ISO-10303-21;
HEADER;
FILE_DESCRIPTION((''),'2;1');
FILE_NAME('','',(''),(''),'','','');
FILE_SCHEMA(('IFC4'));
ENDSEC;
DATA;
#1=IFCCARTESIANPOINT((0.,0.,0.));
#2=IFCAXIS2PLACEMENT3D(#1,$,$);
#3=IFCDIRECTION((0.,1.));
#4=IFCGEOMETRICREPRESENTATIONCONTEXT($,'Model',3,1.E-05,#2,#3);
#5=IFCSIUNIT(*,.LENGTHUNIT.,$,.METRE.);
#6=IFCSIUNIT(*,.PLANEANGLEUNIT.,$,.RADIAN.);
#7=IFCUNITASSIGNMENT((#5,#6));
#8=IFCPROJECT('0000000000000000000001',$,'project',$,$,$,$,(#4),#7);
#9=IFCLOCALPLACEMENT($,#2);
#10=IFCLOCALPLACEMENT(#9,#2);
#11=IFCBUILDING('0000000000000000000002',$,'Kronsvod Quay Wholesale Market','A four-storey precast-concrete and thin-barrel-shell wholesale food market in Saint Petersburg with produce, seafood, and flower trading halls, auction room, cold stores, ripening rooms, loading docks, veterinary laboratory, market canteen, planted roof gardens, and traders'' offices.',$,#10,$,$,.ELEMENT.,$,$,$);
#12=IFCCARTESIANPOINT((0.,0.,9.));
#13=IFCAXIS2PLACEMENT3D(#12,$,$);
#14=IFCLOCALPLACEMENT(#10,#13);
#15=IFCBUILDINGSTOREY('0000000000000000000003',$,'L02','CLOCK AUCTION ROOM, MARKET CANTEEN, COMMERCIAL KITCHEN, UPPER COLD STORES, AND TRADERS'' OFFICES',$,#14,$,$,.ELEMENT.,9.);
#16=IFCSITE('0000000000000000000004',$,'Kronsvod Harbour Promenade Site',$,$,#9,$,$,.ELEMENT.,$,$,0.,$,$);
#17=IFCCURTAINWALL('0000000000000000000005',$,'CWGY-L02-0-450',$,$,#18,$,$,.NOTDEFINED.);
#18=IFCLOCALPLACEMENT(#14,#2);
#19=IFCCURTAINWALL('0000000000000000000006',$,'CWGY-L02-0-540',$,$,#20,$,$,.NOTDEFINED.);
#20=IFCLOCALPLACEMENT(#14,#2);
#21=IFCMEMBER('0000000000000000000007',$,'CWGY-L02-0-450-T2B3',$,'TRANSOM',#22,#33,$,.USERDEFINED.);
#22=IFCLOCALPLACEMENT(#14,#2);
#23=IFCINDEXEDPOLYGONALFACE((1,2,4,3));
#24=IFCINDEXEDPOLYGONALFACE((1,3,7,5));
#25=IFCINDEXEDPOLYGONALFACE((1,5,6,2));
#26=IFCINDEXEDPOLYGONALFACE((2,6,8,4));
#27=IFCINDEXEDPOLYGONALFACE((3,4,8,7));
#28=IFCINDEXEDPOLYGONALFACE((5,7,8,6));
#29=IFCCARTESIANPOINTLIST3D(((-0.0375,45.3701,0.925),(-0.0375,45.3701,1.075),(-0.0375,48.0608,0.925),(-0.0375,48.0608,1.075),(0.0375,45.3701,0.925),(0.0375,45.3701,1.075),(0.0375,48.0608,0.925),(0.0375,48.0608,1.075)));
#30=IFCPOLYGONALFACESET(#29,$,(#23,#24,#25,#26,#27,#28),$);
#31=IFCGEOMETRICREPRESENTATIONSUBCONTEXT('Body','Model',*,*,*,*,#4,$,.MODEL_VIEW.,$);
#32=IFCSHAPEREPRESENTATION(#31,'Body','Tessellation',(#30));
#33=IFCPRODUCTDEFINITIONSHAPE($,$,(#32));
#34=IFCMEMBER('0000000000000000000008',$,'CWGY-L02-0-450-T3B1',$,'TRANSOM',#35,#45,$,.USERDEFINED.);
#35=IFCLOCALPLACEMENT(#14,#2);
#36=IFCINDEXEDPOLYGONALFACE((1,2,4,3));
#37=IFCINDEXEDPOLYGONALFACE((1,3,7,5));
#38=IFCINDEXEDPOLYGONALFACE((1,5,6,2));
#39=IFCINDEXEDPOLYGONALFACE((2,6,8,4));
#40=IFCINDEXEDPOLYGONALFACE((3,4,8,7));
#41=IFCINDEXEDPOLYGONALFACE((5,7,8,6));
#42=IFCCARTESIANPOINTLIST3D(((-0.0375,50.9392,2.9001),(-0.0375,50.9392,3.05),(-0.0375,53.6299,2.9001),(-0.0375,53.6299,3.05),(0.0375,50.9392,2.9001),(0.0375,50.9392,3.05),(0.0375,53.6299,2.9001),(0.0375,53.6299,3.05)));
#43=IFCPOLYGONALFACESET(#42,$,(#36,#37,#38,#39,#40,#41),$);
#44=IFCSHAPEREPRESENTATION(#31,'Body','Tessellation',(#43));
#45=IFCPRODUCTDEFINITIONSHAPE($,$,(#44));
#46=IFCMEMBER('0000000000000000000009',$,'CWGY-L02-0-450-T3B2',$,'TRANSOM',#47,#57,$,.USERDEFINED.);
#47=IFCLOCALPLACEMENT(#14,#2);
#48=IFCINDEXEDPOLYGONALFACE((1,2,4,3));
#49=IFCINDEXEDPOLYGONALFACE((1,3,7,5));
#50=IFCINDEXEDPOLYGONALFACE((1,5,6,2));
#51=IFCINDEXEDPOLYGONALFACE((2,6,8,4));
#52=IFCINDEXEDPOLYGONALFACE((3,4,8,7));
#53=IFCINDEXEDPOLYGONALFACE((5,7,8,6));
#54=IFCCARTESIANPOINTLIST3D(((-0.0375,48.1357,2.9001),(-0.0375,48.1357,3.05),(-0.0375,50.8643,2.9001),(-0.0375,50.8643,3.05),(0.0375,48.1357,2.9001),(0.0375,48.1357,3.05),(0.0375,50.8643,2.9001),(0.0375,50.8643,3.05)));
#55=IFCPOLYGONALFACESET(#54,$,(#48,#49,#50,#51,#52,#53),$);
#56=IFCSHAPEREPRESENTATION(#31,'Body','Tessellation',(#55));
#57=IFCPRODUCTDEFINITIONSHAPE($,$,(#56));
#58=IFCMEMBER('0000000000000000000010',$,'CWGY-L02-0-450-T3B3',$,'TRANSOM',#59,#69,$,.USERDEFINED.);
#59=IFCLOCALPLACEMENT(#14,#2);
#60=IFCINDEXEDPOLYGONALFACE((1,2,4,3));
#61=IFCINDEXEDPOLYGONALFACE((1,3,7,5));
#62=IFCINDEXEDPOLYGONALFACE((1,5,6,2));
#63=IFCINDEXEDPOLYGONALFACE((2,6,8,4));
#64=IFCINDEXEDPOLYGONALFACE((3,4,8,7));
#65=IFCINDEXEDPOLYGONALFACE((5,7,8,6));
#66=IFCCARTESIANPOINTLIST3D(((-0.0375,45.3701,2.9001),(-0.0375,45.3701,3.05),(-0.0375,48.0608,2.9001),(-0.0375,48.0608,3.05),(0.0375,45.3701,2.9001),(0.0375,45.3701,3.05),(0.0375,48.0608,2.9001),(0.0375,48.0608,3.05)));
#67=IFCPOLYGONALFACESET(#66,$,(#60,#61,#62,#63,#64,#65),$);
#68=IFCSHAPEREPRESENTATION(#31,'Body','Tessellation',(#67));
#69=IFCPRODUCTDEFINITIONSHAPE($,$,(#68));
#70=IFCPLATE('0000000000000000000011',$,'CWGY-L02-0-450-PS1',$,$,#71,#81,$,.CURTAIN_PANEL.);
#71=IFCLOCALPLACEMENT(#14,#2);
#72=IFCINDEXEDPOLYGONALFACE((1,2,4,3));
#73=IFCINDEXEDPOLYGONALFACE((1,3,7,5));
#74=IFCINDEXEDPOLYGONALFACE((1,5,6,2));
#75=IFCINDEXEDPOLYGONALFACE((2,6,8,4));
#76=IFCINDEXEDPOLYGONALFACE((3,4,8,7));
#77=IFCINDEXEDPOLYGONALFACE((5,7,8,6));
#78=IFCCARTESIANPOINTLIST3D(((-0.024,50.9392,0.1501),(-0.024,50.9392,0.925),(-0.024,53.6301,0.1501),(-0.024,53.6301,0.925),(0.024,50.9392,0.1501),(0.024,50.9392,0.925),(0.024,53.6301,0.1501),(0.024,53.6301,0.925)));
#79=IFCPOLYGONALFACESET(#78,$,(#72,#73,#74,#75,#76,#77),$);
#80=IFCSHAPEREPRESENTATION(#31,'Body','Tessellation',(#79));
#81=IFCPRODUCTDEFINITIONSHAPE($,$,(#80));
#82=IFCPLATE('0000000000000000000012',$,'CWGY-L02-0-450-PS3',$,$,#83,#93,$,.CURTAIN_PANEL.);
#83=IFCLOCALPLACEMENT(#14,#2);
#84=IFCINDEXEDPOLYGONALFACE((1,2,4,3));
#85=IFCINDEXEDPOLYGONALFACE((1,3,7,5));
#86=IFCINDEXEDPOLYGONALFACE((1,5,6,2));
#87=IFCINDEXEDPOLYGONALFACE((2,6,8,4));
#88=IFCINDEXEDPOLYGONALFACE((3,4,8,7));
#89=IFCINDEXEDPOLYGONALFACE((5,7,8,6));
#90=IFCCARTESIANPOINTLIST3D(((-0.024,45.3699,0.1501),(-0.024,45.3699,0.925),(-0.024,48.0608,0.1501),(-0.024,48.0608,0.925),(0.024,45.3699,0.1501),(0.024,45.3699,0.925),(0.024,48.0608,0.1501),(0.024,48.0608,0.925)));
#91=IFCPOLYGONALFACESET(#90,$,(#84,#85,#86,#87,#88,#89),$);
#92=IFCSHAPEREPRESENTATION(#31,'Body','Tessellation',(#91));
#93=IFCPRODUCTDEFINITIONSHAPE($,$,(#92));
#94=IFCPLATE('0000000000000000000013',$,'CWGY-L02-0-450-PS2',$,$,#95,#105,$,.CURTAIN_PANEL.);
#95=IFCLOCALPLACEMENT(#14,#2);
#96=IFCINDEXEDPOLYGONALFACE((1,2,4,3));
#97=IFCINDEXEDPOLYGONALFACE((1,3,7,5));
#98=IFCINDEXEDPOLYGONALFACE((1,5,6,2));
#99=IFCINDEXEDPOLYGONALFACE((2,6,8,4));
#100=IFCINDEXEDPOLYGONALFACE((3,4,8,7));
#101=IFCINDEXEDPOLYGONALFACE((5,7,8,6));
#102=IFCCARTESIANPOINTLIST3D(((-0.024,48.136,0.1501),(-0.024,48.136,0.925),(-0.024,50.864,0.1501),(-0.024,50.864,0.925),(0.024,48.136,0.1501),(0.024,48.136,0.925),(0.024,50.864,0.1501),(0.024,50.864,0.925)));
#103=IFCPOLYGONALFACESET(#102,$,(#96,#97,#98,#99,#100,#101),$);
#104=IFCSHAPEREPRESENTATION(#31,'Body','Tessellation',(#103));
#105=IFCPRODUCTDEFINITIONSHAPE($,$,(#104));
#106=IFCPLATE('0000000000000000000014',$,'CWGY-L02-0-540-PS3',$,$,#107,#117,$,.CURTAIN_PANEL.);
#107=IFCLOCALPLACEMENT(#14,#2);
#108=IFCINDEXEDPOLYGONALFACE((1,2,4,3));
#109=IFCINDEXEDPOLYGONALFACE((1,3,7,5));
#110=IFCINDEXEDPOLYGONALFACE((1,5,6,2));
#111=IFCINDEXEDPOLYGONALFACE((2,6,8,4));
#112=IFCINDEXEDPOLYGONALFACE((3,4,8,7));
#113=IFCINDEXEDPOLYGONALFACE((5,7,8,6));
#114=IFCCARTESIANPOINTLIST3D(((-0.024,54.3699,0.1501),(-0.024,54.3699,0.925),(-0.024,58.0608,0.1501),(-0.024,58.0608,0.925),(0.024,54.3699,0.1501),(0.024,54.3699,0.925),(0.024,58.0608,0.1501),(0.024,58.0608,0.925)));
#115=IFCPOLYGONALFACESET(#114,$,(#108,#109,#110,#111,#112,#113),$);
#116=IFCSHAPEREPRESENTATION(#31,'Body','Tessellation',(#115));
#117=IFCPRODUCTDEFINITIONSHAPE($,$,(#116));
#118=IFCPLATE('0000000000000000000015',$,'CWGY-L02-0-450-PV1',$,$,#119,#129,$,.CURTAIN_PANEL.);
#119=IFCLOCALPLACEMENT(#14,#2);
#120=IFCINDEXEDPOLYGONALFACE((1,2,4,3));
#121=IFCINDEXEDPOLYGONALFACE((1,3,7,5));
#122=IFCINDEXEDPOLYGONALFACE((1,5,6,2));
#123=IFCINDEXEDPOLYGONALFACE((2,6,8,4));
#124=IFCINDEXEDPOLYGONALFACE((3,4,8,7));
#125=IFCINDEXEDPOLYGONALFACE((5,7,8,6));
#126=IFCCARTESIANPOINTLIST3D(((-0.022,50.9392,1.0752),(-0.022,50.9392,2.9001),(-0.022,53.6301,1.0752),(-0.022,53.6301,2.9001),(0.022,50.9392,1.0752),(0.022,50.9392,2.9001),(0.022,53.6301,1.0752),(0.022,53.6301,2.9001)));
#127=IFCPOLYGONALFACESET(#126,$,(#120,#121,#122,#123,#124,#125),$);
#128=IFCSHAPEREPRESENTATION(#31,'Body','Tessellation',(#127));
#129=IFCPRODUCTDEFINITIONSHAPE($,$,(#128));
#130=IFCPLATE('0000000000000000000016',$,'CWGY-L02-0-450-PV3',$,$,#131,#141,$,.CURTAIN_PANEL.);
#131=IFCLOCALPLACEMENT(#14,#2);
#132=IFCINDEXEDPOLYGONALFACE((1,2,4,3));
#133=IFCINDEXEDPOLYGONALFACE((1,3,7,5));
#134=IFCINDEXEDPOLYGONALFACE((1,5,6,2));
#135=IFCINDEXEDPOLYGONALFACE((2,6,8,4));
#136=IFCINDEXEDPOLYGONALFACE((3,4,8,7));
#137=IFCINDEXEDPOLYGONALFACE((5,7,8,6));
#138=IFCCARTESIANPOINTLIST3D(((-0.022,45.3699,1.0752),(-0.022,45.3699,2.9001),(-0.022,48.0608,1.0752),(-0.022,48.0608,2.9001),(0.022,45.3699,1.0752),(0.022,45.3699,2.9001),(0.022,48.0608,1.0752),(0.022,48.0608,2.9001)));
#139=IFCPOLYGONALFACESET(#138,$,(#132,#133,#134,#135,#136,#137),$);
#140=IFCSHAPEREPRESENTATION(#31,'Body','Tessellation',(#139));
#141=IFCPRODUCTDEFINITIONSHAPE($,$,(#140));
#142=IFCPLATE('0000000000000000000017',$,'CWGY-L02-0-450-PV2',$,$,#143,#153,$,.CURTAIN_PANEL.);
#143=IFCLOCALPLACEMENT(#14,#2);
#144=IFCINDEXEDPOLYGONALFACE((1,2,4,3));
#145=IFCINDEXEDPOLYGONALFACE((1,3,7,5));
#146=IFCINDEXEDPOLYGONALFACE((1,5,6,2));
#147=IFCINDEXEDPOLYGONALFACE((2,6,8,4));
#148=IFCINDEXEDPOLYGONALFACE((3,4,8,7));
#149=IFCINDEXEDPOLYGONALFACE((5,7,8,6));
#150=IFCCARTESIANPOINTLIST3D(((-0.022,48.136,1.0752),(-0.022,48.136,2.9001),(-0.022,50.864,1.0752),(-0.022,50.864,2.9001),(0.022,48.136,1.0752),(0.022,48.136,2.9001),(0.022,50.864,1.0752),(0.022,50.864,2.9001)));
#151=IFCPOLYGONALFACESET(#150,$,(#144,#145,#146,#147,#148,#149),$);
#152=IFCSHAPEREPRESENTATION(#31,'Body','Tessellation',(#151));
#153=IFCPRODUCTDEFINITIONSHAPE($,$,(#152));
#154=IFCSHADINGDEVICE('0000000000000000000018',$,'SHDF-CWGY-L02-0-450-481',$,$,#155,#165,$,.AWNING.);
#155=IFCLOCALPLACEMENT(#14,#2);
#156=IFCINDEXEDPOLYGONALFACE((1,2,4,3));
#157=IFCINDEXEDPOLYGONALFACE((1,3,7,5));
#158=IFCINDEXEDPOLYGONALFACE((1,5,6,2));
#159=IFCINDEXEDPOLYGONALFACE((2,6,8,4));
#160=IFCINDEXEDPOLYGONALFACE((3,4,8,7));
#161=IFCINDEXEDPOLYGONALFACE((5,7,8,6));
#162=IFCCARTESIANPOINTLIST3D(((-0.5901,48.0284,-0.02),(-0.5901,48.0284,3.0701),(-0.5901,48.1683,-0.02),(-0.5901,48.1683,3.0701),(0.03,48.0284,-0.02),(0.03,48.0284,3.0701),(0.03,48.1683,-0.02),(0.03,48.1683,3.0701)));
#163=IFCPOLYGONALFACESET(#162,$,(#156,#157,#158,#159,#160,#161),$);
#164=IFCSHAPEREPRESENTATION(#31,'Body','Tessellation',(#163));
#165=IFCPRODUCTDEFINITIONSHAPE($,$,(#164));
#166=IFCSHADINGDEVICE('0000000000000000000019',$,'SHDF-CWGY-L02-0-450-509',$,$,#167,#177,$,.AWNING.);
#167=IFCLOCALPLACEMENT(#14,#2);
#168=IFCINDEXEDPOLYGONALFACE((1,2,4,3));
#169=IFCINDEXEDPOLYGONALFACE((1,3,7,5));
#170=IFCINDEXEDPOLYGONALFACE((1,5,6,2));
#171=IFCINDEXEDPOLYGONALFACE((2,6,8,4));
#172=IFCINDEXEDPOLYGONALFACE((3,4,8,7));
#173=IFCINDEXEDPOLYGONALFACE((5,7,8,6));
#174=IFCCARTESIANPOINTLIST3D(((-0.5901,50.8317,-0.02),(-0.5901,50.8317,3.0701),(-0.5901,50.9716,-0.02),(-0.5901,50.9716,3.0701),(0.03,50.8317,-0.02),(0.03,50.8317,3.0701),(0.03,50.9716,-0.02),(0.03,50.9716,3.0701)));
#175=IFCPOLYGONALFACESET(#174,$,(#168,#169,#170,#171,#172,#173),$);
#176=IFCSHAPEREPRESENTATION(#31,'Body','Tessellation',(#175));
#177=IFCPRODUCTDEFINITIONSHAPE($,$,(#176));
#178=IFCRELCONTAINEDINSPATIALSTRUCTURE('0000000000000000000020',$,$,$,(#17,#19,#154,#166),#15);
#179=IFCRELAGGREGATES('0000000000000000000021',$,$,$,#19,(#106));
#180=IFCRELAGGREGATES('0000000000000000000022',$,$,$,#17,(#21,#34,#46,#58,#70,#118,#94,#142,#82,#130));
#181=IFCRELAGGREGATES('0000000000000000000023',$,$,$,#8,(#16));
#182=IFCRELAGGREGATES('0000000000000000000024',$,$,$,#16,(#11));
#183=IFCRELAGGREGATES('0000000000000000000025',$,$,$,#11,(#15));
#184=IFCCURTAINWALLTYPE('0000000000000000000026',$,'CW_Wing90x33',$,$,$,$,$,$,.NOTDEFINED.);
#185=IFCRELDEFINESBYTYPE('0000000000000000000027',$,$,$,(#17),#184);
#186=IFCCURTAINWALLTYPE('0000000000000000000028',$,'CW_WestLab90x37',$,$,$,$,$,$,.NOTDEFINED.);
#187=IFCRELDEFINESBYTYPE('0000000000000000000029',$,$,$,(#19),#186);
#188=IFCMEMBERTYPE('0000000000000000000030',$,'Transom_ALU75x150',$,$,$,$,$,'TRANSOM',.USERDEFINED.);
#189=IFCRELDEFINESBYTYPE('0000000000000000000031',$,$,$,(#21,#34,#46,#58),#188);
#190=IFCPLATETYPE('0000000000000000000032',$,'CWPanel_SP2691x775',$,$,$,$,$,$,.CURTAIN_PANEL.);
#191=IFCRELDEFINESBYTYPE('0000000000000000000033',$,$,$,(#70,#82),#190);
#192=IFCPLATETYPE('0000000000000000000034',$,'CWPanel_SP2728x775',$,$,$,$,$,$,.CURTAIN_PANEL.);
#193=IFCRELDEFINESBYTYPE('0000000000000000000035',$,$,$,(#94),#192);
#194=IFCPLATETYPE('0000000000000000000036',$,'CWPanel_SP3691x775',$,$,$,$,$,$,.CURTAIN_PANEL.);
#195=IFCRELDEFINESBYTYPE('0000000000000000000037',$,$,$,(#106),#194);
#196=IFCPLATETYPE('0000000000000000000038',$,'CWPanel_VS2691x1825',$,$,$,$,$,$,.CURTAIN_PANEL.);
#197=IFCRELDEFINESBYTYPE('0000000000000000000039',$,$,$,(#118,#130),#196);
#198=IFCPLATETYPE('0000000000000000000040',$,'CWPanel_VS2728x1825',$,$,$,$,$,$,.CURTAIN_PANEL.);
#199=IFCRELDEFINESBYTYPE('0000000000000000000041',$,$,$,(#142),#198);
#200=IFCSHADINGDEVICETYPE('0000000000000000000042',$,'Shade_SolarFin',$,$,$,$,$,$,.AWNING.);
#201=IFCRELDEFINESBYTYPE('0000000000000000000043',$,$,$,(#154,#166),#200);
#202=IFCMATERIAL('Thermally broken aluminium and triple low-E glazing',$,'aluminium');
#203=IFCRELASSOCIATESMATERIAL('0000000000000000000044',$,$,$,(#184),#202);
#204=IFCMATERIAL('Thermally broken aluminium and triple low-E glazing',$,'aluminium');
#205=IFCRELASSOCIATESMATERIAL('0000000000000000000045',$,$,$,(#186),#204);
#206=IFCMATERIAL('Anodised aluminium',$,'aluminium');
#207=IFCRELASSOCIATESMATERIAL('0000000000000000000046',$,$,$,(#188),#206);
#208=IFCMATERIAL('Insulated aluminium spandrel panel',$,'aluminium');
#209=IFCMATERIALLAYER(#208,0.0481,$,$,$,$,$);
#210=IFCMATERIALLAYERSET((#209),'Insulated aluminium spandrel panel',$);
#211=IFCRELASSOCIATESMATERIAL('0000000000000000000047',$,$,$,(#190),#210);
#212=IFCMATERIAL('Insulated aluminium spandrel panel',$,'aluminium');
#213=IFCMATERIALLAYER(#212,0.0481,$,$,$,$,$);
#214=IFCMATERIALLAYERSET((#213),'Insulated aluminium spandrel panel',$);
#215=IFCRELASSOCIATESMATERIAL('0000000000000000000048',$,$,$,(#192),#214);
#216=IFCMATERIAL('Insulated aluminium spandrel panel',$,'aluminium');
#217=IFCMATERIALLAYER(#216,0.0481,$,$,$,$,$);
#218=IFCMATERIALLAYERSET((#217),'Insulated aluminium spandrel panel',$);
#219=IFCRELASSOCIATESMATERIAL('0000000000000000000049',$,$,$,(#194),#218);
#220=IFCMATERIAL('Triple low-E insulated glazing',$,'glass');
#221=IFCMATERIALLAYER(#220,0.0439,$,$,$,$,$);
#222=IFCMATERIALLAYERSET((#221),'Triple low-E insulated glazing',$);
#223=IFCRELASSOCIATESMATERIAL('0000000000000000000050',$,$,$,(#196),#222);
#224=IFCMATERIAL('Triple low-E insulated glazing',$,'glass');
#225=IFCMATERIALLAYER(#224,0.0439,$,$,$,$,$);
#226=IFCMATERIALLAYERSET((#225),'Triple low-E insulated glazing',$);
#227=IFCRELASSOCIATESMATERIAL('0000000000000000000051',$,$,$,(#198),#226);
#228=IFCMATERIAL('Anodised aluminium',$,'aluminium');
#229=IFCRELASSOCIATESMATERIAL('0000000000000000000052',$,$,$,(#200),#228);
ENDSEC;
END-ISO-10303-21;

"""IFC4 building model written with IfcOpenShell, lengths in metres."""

from ifc_helpers import new_model, si_unit, direction, frame, origin, origin_2d, place, context, subcontext, project, spatial, rectangle, extrude, material, layer, layer_set, material_profile, profile_set, type_object, element, aggregate, save


model = new_model("IFC4")

# Units and contexts
model_context = context("Model", 3, precision=1e-05, world=origin(), true_north=direction((0.0, 1.0)))
body_context = subcontext(model_context, "Body", "Model", "MODEL_VIEW")
ifc_project = project(units=[si_unit("LENGTHUNIT", "METRE"), si_unit("PLANEANGLEUNIT", "RADIAN")], contexts=[model_context])

# Site, building, storey
site_placement = place(None, origin())
site = spatial("IfcSite", under=ifc_project, at=site_placement, Name="Kronsvod Harbour Promenade Site", CompositionType="ELEMENT", RefElevation=0.0)
building_placement = place(site_placement, origin())
building = spatial("IfcBuilding", under=site, at=building_placement, Name="Kronsvod Quay Wholesale Market", Description="A four-storey precast-concrete and thin-barrel-shell wholesale food market in Saint Petersburg with produce, seafood, and flower trading halls, auction room, cold stores, ripening rooms, loading docks, veterinary laboratory, market canteen, planted roof gardens, and traders' offices.", CompositionType="ELEMENT")
storey_placement = place(building_placement, frame((0.0, 0.0, 9.0)))
storey = spatial("IfcBuildingStorey", under=building, at=storey_placement, Name="L02", Description="CLOCK AUCTION ROOM, MARKET CANTEEN, COMMERCIAL KITCHEN, UPPER COLD STORES, AND TRADERS' OFFICES", CompositionType="ELEMENT", Elevation=9.0)

# Curtain wall
ifc_material_1 = material(Name="Thermally broken aluminium and triple low-E glazing", Category="aluminium")
curtain_wall_type_1 = type_object("IfcCurtainWallType", Name="CW_Wing90x33", PredefinedType="NOTDEFINED", material=ifc_material_1)
curtain_wall_1_placement = place(storey_placement, origin())
curtain_wall_1 = element("IfcCurtainWall", 1, at=curtain_wall_1_placement, inside=storey, type_object=curtain_wall_type_1, Name="CWGY-L02-0-450", PredefinedType="NOTDEFINED")

# Curtain wall
ifc_material_2 = material(Name="Thermally broken aluminium and triple low-E glazing", Category="aluminium")
curtain_wall_type_2 = type_object("IfcCurtainWallType", Name="CW_WestLab90x37", PredefinedType="NOTDEFINED", material=ifc_material_2)
curtain_wall_2_placement = place(storey_placement, origin())
curtain_wall_2 = element("IfcCurtainWall", 2, at=curtain_wall_2_placement, inside=storey, type_object=curtain_wall_type_2, Name="CWGY-L02-0-540", PredefinedType="NOTDEFINED")

# Members
ifc_material_3 = material(Name="Anodised aluminium", Category="aluminium")
ifc_material_profile_1 = material_profile(ifc_material_3, rectangle(XDim=0.075, YDim=0.1499, at=origin_2d()), Name="ALUT75x150")
ifc_profile_set_1 = profile_set([ifc_material_profile_1], Name="Anodised aluminium")
member_type_1 = type_object("IfcMemberType", Name="Transom_ALU75x150", ElementType="TRANSOM", PredefinedType="USERDEFINED", material=ifc_profile_set_1)
member_1_placement = place(storey_placement, frame((0.0, 48.0608, 1.0), z_axis=(0.0, -1.0, 0.0), x_axis=(1.0, 0.0, 0.0)))
member_1 = element("IfcMember", 3, at=member_1_placement, type_object=member_type_1, Name="CWGY-L02-0-450-T2B3", ObjectType="TRANSOM", PredefinedType="USERDEFINED", context=body_context, shape_type="SweptSolid", body=[
    extrude(rectangle(XDim=0.075, YDim=0.1499, at=origin_2d()), origin(), (0.0, 0.0, 1.0), 2.6907),
])
member_2_placement = place(storey_placement, frame((0.0, 53.6299, 2.9751), z_axis=(0.0, -1.0, 0.0), x_axis=(1.0, 0.0, 0.0)))
member_2 = element("IfcMember", 4, at=member_2_placement, type_object=member_type_1, Name="CWGY-L02-0-450-T3B1", ObjectType="TRANSOM", PredefinedType="USERDEFINED", context=body_context, shape_type="SweptSolid", body=[
    extrude(rectangle(XDim=0.075, YDim=0.1499, at=origin_2d()), origin(), (0.0, 0.0, 1.0), 2.6907),
])
member_3_placement = place(storey_placement, frame((0.0, 50.8643, 2.9751), z_axis=(0.0, -1.0, 0.0), x_axis=(1.0, 0.0, 0.0)))
member_3 = element("IfcMember", 5, at=member_3_placement, type_object=member_type_1, Name="CWGY-L02-0-450-T3B2", ObjectType="TRANSOM", PredefinedType="USERDEFINED", context=body_context, shape_type="SweptSolid", body=[
    extrude(rectangle(XDim=0.075, YDim=0.1499, at=origin_2d()), origin(), (0.0, 0.0, 1.0), 2.7285),
])
member_4_placement = place(storey_placement, frame((0.0, 48.0608, 2.9751), z_axis=(0.0, -1.0, 0.0), x_axis=(1.0, 0.0, 0.0)))
member_4 = element("IfcMember", 6, at=member_4_placement, type_object=member_type_1, Name="CWGY-L02-0-450-T3B3", ObjectType="TRANSOM", PredefinedType="USERDEFINED", context=body_context, shape_type="SweptSolid", body=[
    extrude(rectangle(XDim=0.075, YDim=0.1499, at=origin_2d()), origin(), (0.0, 0.0, 1.0), 2.6907),
])

# Plates
ifc_material_4 = material(Name="Insulated aluminium spandrel panel", Category="aluminium")
ifc_layer_1 = layer(ifc_material_4, 0.0481)
ifc_layer_set_1 = layer_set([ifc_layer_1], Name="Insulated aluminium spandrel panel")
plate_type_1 = type_object("IfcPlateType", Name="CWPanel_SP2691x775", PredefinedType="CURTAIN_PANEL", material=ifc_layer_set_1)
plate_1_placement = place(storey_placement, frame((0.0, 52.2847, 0.1501), z_axis=(0.0, 0.0, 1.0), x_axis=(0.0, -1.0, 0.0)))
plate_1 = element("IfcPlate", 7, at=plate_1_placement, type_object=plate_type_1, Name="CWGY-L02-0-450-PS1", PredefinedType="CURTAIN_PANEL", context=body_context, shape_type="SweptSolid", body=[
    extrude(rectangle(XDim=2.6909, YDim=0.0481, at=origin_2d()), origin(), (0.0, 0.0, 1.0), 0.7749),
])
plate_2_placement = place(storey_placement, frame((0.0, 46.7153, 0.1501), z_axis=(0.0, 0.0, 1.0), x_axis=(0.0, -1.0, 0.0)))
plate_2 = element("IfcPlate", 8, at=plate_2_placement, type_object=plate_type_1, Name="CWGY-L02-0-450-PS3", PredefinedType="CURTAIN_PANEL", context=body_context, shape_type="SweptSolid", body=[
    extrude(rectangle(XDim=2.6909, YDim=0.0481, at=origin_2d()), origin(), (0.0, 0.0, 1.0), 0.7749),
])
ifc_material_5 = material(Name="Insulated aluminium spandrel panel", Category="aluminium")
ifc_layer_2 = layer(ifc_material_5, 0.0481)
ifc_layer_set_2 = layer_set([ifc_layer_2], Name="Insulated aluminium spandrel panel")
plate_type_2 = type_object("IfcPlateType", Name="CWPanel_SP2728x775", PredefinedType="CURTAIN_PANEL", material=ifc_layer_set_2)
plate_3_placement = place(storey_placement, frame((0.0, 49.5, 0.1501), z_axis=(0.0, 0.0, 1.0), x_axis=(0.0, -1.0, 0.0)))
plate_3 = element("IfcPlate", 9, at=plate_3_placement, type_object=plate_type_2, Name="CWGY-L02-0-450-PS2", PredefinedType="CURTAIN_PANEL", context=body_context, shape_type="SweptSolid", body=[
    extrude(rectangle(XDim=2.728, YDim=0.0481, at=origin_2d()), origin(), (0.0, 0.0, 1.0), 0.7749),
])
ifc_material_6 = material(Name="Insulated aluminium spandrel panel", Category="aluminium")
ifc_layer_3 = layer(ifc_material_6, 0.0481)
ifc_layer_set_3 = layer_set([ifc_layer_3], Name="Insulated aluminium spandrel panel")
plate_type_3 = type_object("IfcPlateType", Name="CWPanel_SP3691x775", PredefinedType="CURTAIN_PANEL", material=ifc_layer_set_3)
plate_4_placement = place(storey_placement, frame((0.0, 56.2153, 0.1501), z_axis=(0.0, 0.0, 1.0), x_axis=(0.0, -1.0, 0.0)))
plate_4 = element("IfcPlate", 10, at=plate_4_placement, type_object=plate_type_3, Name="CWGY-L02-0-540-PS3", PredefinedType="CURTAIN_PANEL", context=body_context, shape_type="SweptSolid", body=[
    extrude(rectangle(XDim=3.6909, YDim=0.0481, at=origin_2d()), origin(), (0.0, 0.0, 1.0), 0.7749),
])
aggregate(curtain_wall_2, [plate_4])
ifc_material_7 = material(Name="Triple low-E insulated glazing", Category="glass")
ifc_layer_4 = layer(ifc_material_7, 0.0439)
ifc_layer_set_4 = layer_set([ifc_layer_4], Name="Triple low-E insulated glazing")
plate_type_4 = type_object("IfcPlateType", Name="CWPanel_VS2691x1825", PredefinedType="CURTAIN_PANEL", material=ifc_layer_set_4)
plate_5_placement = place(storey_placement, frame((0.0, 52.2847, 1.0752), z_axis=(0.0, 0.0, 1.0), x_axis=(0.0, -1.0, 0.0)))
plate_5 = element("IfcPlate", 11, at=plate_5_placement, type_object=plate_type_4, Name="CWGY-L02-0-450-PV1", PredefinedType="CURTAIN_PANEL", context=body_context, shape_type="SweptSolid", body=[
    extrude(rectangle(XDim=2.6909, YDim=0.0439, at=origin_2d()), origin(), (0.0, 0.0, 1.0), 1.825),
])
plate_6_placement = place(storey_placement, frame((0.0, 46.7153, 1.0752), z_axis=(0.0, 0.0, 1.0), x_axis=(0.0, -1.0, 0.0)))
plate_6 = element("IfcPlate", 12, at=plate_6_placement, type_object=plate_type_4, Name="CWGY-L02-0-450-PV3", PredefinedType="CURTAIN_PANEL", context=body_context, shape_type="SweptSolid", body=[
    extrude(rectangle(XDim=2.6909, YDim=0.0439, at=origin_2d()), origin(), (0.0, 0.0, 1.0), 1.825),
])
ifc_material_8 = material(Name="Triple low-E insulated glazing", Category="glass")
ifc_layer_5 = layer(ifc_material_8, 0.0439)
ifc_layer_set_5 = layer_set([ifc_layer_5], Name="Triple low-E insulated glazing")
plate_type_5 = type_object("IfcPlateType", Name="CWPanel_VS2728x1825", PredefinedType="CURTAIN_PANEL", material=ifc_layer_set_5)
plate_7_placement = place(storey_placement, frame((0.0, 49.5, 1.0752), z_axis=(0.0, 0.0, 1.0), x_axis=(0.0, -1.0, 0.0)))
plate_7 = element("IfcPlate", 13, at=plate_7_placement, type_object=plate_type_5, Name="CWGY-L02-0-450-PV2", PredefinedType="CURTAIN_PANEL", context=body_context, shape_type="SweptSolid", body=[
    extrude(rectangle(XDim=2.728, YDim=0.0439, at=origin_2d()), origin(), (0.0, 0.0, 1.0), 1.825),
])
aggregate(curtain_wall_1, [member_1, member_2, member_3, member_4, plate_1, plate_5, plate_3, plate_7, plate_2, plate_6])

# Shading devices
ifc_material_9 = material(Name="Anodised aluminium", Category="aluminium")
shading_device_type = type_object("IfcShadingDeviceType", Name="Shade_SolarFin", PredefinedType="AWNING", material=ifc_material_9)
for number, where, z_axis, x_axis, name in (
    (14, (-0.28, 48.0984, -0.02), (0.0, 0.0, 1.0), (1.0, 0.0, 0.0), "SHDF-CWGY-L02-0-450-481"),
    (15, (-0.28, 50.9016, -0.02), (0.0, 0.0, 1.0), (1.0, 0.0, 0.0), "SHDF-CWGY-L02-0-450-509"),
):
    element("IfcShadingDevice", number, at=place(storey_placement, frame(where, z_axis=z_axis, x_axis=x_axis)), inside=storey, type_object=shading_device_type, Name=name, PredefinedType="AWNING", context=body_context, shape_type="SweptSolid", body=[
        extrude(rectangle(XDim=0.6201, YDim=0.1399, at=origin_2d()), origin(), (0.0, 0.0, 1.0), 3.0901),
    ])

save(model, "model.ifc")
